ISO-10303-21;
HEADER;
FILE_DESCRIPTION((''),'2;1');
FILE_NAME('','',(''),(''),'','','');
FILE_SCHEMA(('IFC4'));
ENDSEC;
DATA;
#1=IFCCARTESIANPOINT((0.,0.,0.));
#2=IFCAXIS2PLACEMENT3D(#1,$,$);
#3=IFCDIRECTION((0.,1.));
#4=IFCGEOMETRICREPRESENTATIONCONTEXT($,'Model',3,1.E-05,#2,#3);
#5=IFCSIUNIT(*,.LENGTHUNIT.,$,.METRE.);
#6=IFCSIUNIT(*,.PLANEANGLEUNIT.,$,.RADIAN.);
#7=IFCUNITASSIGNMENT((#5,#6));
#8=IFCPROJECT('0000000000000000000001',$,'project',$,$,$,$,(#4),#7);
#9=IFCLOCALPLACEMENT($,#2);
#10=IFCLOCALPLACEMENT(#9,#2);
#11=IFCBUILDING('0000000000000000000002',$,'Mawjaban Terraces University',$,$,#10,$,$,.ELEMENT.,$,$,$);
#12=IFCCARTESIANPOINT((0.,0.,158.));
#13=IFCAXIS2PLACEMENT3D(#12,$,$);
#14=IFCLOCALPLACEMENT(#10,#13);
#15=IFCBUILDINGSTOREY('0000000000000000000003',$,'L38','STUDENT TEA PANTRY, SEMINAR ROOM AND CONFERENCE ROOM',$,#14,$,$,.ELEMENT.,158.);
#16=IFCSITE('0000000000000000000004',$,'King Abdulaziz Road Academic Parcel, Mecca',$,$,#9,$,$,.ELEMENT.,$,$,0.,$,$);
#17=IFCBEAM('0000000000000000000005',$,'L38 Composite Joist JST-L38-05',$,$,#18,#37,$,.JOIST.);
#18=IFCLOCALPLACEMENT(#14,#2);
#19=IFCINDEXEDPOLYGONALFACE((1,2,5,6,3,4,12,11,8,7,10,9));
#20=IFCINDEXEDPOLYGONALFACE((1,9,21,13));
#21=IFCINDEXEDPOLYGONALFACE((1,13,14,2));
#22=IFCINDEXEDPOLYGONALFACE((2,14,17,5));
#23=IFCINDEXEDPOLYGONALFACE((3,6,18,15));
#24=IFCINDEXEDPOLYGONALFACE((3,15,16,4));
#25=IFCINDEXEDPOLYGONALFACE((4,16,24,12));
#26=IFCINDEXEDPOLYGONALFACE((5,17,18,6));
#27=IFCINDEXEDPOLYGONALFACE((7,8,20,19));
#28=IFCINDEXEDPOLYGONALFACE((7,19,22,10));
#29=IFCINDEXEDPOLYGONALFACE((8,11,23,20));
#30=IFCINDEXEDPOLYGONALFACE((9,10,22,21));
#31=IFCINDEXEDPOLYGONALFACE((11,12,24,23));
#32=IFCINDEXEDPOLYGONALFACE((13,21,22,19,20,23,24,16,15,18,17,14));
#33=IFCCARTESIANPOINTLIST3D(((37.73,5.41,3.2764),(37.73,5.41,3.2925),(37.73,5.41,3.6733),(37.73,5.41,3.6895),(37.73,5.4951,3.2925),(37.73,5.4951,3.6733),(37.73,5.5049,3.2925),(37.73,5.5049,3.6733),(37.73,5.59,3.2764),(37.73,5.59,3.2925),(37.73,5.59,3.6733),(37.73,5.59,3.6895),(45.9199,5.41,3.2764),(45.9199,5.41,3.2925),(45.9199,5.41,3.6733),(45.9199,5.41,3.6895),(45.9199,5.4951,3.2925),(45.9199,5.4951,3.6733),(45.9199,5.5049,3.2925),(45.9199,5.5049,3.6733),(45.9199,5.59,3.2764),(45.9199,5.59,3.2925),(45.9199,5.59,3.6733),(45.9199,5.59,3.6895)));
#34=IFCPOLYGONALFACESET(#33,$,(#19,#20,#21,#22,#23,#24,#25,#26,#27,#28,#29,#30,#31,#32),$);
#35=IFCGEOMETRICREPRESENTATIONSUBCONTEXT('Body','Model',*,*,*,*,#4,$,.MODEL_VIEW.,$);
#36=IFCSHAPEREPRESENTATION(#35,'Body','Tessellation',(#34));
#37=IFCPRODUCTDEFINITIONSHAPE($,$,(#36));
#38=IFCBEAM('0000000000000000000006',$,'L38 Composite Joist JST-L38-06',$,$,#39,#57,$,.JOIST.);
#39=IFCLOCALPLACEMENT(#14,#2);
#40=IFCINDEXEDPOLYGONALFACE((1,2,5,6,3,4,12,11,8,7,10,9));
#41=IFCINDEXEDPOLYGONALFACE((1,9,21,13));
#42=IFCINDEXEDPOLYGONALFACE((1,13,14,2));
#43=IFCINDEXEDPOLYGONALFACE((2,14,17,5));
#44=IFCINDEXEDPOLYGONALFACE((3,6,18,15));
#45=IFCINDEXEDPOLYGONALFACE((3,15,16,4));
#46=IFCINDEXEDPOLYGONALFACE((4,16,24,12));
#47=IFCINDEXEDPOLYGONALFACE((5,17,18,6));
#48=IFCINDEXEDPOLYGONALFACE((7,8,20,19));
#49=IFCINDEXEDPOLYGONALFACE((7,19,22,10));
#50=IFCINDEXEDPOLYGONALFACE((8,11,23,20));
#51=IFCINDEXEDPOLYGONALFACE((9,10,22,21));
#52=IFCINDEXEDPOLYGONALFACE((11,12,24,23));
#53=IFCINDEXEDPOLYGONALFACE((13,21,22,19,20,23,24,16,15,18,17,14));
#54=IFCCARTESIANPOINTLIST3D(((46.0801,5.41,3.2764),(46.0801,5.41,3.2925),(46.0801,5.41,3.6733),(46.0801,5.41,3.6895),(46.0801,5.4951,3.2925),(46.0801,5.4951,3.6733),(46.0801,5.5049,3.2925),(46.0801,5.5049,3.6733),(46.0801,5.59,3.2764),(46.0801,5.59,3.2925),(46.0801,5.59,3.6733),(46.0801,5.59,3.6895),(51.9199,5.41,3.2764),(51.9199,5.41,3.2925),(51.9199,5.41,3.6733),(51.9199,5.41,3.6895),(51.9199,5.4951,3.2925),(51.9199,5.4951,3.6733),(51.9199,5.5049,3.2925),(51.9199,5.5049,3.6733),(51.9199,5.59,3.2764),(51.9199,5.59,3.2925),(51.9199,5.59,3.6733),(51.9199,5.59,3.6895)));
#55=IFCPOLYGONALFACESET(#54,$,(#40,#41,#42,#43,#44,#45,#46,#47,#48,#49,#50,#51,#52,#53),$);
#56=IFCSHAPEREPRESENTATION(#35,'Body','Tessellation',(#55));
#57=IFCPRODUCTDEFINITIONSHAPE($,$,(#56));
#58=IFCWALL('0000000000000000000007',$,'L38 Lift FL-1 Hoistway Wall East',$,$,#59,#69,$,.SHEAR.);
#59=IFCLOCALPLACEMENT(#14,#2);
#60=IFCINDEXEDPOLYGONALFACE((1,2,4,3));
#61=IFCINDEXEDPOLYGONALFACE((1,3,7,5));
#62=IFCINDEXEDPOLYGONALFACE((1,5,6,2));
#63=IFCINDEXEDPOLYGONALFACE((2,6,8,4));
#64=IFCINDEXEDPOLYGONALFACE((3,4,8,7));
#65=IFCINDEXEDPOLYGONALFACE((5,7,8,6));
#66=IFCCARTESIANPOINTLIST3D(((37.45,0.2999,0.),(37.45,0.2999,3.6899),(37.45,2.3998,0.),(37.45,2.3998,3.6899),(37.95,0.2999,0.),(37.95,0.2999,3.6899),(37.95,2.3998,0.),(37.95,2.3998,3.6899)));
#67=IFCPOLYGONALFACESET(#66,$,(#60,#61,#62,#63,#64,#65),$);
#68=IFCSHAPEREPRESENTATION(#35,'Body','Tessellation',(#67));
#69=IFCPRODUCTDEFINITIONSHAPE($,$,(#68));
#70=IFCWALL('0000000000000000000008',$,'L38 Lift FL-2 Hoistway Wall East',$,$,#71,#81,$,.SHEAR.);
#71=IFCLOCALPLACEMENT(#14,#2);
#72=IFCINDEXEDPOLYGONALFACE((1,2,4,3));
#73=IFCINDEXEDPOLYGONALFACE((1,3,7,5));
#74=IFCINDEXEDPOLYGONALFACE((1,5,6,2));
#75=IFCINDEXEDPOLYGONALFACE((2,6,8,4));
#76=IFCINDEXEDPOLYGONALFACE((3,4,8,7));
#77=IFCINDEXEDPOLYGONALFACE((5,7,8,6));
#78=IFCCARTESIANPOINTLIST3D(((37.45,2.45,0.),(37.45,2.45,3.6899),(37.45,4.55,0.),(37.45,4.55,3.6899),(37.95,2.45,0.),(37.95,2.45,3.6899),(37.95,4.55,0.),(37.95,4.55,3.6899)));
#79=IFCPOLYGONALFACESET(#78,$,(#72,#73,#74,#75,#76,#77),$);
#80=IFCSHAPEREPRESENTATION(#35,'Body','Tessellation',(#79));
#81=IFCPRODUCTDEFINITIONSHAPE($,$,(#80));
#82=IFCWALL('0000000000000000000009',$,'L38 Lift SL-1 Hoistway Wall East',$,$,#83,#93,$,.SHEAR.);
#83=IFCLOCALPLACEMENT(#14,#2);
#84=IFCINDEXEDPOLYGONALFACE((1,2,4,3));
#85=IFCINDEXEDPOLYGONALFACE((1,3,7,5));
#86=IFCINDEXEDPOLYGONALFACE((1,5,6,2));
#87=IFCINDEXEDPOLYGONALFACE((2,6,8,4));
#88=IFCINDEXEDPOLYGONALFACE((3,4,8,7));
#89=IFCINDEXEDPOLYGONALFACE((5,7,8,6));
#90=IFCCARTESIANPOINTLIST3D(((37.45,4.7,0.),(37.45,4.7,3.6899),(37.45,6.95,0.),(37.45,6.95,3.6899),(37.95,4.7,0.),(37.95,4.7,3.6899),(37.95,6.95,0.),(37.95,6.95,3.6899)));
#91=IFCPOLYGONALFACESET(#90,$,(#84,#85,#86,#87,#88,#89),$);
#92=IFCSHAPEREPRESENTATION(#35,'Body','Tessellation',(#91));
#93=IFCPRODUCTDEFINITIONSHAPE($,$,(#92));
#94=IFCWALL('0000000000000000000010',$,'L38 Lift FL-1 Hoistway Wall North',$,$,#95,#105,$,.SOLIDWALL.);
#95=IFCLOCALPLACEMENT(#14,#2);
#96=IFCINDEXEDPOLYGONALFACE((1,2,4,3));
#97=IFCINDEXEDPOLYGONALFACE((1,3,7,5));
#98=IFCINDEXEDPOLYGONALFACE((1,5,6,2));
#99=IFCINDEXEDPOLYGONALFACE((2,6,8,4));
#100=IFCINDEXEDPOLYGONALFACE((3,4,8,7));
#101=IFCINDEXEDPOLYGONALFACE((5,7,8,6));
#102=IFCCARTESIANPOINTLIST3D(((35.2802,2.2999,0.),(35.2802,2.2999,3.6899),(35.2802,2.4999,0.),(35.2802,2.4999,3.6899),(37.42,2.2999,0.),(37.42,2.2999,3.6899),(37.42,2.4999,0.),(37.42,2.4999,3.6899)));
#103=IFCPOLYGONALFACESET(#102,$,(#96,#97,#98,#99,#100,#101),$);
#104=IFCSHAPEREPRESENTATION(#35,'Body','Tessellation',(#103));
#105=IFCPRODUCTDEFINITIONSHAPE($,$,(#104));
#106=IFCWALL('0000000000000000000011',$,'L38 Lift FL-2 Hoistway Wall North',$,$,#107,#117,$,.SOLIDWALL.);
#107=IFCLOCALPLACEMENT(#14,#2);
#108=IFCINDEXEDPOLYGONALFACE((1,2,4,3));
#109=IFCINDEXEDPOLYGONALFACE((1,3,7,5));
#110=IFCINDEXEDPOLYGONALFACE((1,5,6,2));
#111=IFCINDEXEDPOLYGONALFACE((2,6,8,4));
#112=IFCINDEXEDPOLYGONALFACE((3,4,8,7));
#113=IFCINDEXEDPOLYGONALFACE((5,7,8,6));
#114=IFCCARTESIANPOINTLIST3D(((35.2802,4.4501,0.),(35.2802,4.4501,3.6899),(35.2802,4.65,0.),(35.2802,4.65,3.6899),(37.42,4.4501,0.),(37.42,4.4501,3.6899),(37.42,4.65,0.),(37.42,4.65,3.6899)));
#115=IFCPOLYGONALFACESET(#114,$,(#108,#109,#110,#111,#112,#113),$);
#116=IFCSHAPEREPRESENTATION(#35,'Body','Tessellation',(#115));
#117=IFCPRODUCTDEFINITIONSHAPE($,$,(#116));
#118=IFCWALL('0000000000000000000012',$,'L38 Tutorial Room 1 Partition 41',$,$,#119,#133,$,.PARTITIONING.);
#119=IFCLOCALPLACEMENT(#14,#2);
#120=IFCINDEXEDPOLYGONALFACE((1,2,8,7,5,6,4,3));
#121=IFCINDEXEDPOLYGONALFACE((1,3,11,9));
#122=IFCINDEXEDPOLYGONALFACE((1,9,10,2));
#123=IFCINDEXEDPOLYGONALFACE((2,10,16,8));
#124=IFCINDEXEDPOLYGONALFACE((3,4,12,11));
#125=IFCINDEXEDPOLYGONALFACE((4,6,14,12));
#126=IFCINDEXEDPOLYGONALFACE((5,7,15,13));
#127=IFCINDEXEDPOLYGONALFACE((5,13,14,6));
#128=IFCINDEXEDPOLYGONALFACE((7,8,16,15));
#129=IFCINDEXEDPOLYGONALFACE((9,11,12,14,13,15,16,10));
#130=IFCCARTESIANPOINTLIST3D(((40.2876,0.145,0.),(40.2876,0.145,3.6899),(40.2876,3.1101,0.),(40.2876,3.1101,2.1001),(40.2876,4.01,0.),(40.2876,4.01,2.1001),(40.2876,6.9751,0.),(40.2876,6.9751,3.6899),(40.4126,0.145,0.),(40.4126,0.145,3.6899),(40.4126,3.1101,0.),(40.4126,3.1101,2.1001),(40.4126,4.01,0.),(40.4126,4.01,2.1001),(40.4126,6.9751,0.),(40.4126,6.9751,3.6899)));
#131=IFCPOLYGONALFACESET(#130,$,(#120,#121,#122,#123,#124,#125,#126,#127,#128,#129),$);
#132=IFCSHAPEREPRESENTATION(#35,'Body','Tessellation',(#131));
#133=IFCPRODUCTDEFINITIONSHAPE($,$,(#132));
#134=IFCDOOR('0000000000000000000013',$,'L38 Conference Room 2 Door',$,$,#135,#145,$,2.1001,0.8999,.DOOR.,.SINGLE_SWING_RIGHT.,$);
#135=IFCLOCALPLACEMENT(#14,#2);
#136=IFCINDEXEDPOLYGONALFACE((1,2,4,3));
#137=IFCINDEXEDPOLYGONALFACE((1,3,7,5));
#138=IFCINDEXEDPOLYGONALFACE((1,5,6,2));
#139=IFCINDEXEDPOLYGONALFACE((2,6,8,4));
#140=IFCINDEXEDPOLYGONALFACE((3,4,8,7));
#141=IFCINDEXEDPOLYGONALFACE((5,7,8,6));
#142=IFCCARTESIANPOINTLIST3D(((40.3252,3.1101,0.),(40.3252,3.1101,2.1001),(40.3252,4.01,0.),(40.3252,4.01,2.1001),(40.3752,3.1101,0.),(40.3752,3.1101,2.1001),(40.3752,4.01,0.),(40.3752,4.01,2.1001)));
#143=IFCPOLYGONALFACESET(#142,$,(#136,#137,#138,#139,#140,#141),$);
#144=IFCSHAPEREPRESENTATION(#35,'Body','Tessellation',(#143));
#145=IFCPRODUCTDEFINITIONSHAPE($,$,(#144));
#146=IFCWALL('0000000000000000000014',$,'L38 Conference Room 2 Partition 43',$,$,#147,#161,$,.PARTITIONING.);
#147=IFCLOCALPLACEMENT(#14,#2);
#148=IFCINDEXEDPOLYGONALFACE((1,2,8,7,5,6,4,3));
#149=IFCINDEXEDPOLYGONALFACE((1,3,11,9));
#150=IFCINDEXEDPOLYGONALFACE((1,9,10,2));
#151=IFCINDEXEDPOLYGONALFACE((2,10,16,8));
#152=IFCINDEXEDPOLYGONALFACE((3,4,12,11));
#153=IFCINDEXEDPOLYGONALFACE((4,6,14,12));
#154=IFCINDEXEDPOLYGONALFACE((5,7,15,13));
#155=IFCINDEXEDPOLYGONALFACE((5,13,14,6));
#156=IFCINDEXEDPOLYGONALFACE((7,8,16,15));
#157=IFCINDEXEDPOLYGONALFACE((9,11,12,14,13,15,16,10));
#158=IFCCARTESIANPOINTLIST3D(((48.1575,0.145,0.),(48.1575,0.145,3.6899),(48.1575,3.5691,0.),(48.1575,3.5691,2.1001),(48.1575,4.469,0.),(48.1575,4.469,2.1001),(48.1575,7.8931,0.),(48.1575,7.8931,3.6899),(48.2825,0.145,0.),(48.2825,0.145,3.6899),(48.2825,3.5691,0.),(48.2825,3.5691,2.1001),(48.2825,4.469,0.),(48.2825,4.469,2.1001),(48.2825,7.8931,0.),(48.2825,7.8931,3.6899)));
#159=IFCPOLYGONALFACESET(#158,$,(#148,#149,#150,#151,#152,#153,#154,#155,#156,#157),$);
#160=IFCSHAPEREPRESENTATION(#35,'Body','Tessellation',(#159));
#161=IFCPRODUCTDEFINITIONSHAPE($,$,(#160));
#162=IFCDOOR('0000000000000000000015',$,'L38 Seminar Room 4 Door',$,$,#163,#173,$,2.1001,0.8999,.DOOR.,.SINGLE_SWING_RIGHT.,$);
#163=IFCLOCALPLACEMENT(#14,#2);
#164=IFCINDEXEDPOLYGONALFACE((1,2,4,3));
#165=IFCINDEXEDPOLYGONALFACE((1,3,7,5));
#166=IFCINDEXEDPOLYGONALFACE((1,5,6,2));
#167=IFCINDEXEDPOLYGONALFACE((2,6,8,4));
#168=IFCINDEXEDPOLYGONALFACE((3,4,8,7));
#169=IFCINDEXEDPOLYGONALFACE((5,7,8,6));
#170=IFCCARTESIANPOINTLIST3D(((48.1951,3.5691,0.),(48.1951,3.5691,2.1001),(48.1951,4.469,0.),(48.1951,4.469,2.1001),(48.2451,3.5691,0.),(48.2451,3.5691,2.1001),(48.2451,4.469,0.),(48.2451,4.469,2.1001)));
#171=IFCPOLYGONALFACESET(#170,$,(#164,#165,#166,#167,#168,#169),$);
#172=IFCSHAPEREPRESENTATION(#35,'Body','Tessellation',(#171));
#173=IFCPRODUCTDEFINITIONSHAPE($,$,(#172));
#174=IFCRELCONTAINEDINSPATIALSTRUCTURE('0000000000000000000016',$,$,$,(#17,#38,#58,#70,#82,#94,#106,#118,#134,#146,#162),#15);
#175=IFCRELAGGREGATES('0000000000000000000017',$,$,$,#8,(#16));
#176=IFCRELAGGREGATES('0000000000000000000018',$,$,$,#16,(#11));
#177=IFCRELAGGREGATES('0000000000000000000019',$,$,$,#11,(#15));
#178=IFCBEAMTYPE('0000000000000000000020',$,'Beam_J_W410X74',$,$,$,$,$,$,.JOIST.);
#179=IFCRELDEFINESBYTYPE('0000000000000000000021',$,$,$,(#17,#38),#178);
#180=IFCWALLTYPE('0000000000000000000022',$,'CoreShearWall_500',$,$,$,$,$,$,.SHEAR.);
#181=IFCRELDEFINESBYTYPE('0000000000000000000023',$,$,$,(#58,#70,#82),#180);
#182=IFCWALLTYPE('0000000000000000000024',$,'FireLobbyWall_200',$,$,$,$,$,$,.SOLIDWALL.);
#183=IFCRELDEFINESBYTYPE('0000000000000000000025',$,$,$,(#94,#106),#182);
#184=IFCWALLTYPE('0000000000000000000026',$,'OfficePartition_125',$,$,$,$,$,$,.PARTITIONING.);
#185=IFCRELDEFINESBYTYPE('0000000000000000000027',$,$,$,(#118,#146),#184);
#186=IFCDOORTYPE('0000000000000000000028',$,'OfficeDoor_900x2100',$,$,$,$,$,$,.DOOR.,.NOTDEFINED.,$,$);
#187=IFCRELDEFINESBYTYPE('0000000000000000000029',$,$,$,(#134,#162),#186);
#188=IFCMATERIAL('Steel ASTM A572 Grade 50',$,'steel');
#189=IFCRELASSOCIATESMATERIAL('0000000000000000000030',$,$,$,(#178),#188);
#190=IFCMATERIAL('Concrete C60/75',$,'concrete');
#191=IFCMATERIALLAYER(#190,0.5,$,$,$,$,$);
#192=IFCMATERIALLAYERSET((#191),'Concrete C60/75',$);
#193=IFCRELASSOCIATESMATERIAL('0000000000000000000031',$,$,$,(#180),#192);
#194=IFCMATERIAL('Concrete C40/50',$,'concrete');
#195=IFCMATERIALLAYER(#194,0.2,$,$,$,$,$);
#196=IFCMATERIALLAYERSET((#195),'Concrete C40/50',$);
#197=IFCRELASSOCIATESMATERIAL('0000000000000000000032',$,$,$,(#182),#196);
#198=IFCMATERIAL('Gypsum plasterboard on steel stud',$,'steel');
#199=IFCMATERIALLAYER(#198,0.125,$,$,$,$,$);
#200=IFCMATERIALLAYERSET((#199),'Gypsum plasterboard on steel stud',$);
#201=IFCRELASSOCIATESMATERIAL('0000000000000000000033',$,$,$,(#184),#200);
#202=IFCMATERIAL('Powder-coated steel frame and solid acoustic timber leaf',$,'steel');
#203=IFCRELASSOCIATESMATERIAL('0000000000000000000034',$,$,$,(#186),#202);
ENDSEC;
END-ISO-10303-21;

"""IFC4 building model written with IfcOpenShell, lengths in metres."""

from ifc_helpers import new_model, si_unit, direction, frame, frame_2d, origin, origin_2d, place, context, subcontext, project, spatial, rectangle, i_section, extrude, material, layer, layer_set, material_profile, profile_set, type_object, element, fill, save


model = new_model("IFC4")

# Units and contexts
model_context = context("Model", 3, precision=1e-05, world=origin(), true_north=direction((0.0, 1.0)))
body_context = subcontext(model_context, "Body", "Model", "MODEL_VIEW")
ifc_project = project(units=[si_unit("LENGTHUNIT", "METRE"), si_unit("PLANEANGLEUNIT", "RADIAN")], contexts=[model_context])

# Site, building, storey
site_placement = place(None, origin())
site = spatial("IfcSite", under=ifc_project, at=site_placement, Name="King Abdulaziz Road Academic Parcel, Mecca", CompositionType="ELEMENT", RefElevation=0.0)
building_placement = place(site_placement, origin())
building = spatial("IfcBuilding", under=site, at=building_placement, Name="Mawjaban Terraces University", CompositionType="ELEMENT")
storey_placement = place(building_placement, frame((0.0, 0.0, 158.0)))
storey = spatial("IfcBuildingStorey", under=building, at=storey_placement, Name="L38", Description="STUDENT TEA PANTRY, SEMINAR ROOM AND CONFERENCE ROOM", CompositionType="ELEMENT", Elevation=158.0)

# Shared definitions
ifc_material_1 = material(Name="Concrete C60/75", Category="concrete")

# Beams
ifc_material_2 = material(Name="Steel ASTM A572 Grade 50", Category="steel")
ifc_material_profile_1 = material_profile(ifc_material_2, i_section(OverallWidth=0.1799, OverallDepth=0.4131, WebThickness=0.0098, FlangeThickness=0.0161, at=origin_2d()), Name="W410X74")
ifc_profile_set_1 = profile_set([ifc_material_profile_1], Name="Steel ASTM A572 Grade 50")
beam_type_1 = type_object("IfcBeamType", Name="Beam_J_W410X74", PredefinedType="JOIST", material=ifc_profile_set_1)
beam_1_placement = place(storey_placement, frame((37.73, 5.5, 3.4829), z_axis=(1.0, 0.0, 0.0), x_axis=(0.0, 1.0, 0.0)))
element("IfcBeam", 1, at=beam_1_placement, inside=storey, type_object=beam_type_1, Name="L38 Composite Joist JST-L38-05", PredefinedType="JOIST", context=body_context, shape_type="SweptSolid", body=[
    extrude(i_section(OverallWidth=0.1799, OverallDepth=0.4131, WebThickness=0.0098, FlangeThickness=0.0161, at=origin_2d()), origin(), (0.0, 0.0, 1.0), 8.1899),
])
beam_2_placement = place(storey_placement, frame((46.0801, 5.5, 3.4829), z_axis=(1.0, 0.0, 0.0), x_axis=(0.0, 1.0, 0.0)))
element("IfcBeam", 2, at=beam_2_placement, inside=storey, type_object=beam_type_1, Name="L38 Composite Joist JST-L38-06", PredefinedType="JOIST", context=body_context, shape_type="SweptSolid", body=[
    extrude(i_section(OverallWidth=0.1799, OverallDepth=0.4131, WebThickness=0.0098, FlangeThickness=0.0161, at=origin_2d()), origin(), (0.0, 0.0, 1.0), 5.8398),
])

# Walls
ifc_layer_1 = layer(ifc_material_1, 0.5)
ifc_layer_set_1 = layer_set([ifc_layer_1], Name="Concrete C60/75")
wall_type_1 = type_object("IfcWallType", Name="CoreShearWall_500", PredefinedType="SHEAR", material=ifc_layer_set_1)
wall_1_placement = place(storey_placement, frame((37.7, 0.3, 0.0), z_axis=(0.0, 0.0, 1.0), x_axis=(0.0, 1.0, 0.0)))
element("IfcWall", 3, at=wall_1_placement, inside=storey, type_object=wall_type_1, Name="L38 Lift FL-1 Hoistway Wall East", PredefinedType="SHEAR", context=body_context, shape_type="SweptSolid", body=[
    extrude(rectangle(XDim=2.0999, YDim=0.5, at=frame_2d((1.0498, 0.0))), origin(), (0.0, 0.0, 1.0), 3.6899),
])
wall_2_placement = place(storey_placement, frame((37.7, 2.45, 0.0), z_axis=(0.0, 0.0, 1.0), x_axis=(0.0, 1.0, 0.0)))
element("IfcWall", 4, at=wall_2_placement, inside=storey, type_object=wall_type_1, Name="L38 Lift FL-2 Hoistway Wall East", PredefinedType="SHEAR", context=body_context, shape_type="SweptSolid", body=[
    extrude(rectangle(XDim=2.1001, YDim=0.5, at=frame_2d((1.05, 0.0))), origin(), (0.0, 0.0, 1.0), 3.6899),
])
wall_3_placement = place(storey_placement, frame((37.7, 4.7, 0.0), z_axis=(0.0, 0.0, 1.0), x_axis=(0.0, 1.0, 0.0)))
element("IfcWall", 5, at=wall_3_placement, inside=storey, type_object=wall_type_1, Name="L38 Lift SL-1 Hoistway Wall East", PredefinedType="SHEAR", context=body_context, shape_type="SweptSolid", body=[
    extrude(rectangle(XDim=2.25, YDim=0.5, at=frame_2d((1.125, 0.0))), origin(), (0.0, 0.0, 1.0), 3.6899),
])
ifc_material_3 = material(Name="Concrete C40/50", Category="concrete")
ifc_layer_2 = layer(ifc_material_3, 0.2)
ifc_layer_set_2 = layer_set([ifc_layer_2], Name="Concrete C40/50")
wall_type_2 = type_object("IfcWallType", Name="FireLobbyWall_200", PredefinedType="SOLIDWALL", material=ifc_layer_set_2)
for number, where, z_axis, x_axis, name in (
    (6, (37.4199, 2.3999, 0.0), (0.0, 0.0, 1.0), (-1.0, 0.0, 0.0), "L38 Lift FL-1 Hoistway Wall North"),
    (7, (37.4199, 4.55, 0.0), (0.0, 0.0, 1.0), (-1.0, 0.0, 0.0), "L38 Lift FL-2 Hoistway Wall North"),
):
    element("IfcWall", number, at=place(storey_placement, frame(where, z_axis=z_axis, x_axis=x_axis)), inside=storey, type_object=wall_type_2, Name=name, PredefinedType="SOLIDWALL", context=body_context, shape_type="SweptSolid", body=[
        extrude(rectangle(XDim=2.1399, YDim=0.2, at=frame_2d((1.0698, 0.0))), origin(), (0.0, 0.0, 1.0), 3.6899),
    ])

# Walls, openings, doors
ifc_material_4 = material(Name="Gypsum plasterboard on steel stud", Category="steel")
ifc_layer_3 = layer(ifc_material_4, 0.125)
ifc_layer_set_3 = layer_set([ifc_layer_3], Name="Gypsum plasterboard on steel stud")
wall_type_3 = type_object("IfcWallType", Name="OfficePartition_125", PredefinedType="PARTITIONING", material=ifc_layer_set_3)
wall_4_placement = place(storey_placement, frame((40.3501, 0.145, 0.0), z_axis=(0.0, 0.0, 1.0), x_axis=(0.0, 1.0, 0.0)))
wall_4 = element("IfcWall", 8, at=wall_4_placement, inside=storey, type_object=wall_type_3, Name="L38 Tutorial Room 1 Partition 41", PredefinedType="PARTITIONING", context=body_context, shape_type="SweptSolid", body=[
    extrude(rectangle(XDim=6.8301, YDim=0.125, at=frame_2d((3.415, 0.0))), origin(), (0.0, 0.0, 1.0), 3.6899),
])
opening_1_placement = place(wall_4_placement, frame((2.9651, 0.0, 0.0)))
opening_1 = element("IfcOpeningElement", 9, at=opening_1_placement, cuts=wall_4, PredefinedType="OPENING", context=body_context, shape_type="SweptSolid", body=[
    extrude(rectangle(XDim=0.8999, YDim=2.1001, at=frame_2d((0.45, 1.05))), frame((0.0, 0.0725, 0.0), z_axis=(0.0, -1.0, 0.0), x_axis=(1.0, 0.0, 0.0)), (0.0, 0.0, 1.0), 0.145),
])
ifc_material_5 = material(Name="Powder-coated steel frame and solid acoustic timber leaf", Category="steel")
door_type = type_object("IfcDoorType", Name="OfficeDoor_900x2100", OperationType="NOTDEFINED", PredefinedType="DOOR", material=ifc_material_5)
door_1_placement = place(opening_1_placement, origin())
door_1 = element("IfcDoor", 10, at=door_1_placement, inside=storey, type_object=door_type, Name="L38 Conference Room 2 Door", OperationType="SINGLE_SWING_RIGHT", OverallHeight=2.1001, OverallWidth=0.8999, PredefinedType="DOOR", context=body_context, shape_type="SweptSolid", body=[
    extrude(rectangle(XDim=0.8999, YDim=2.1001, at=frame_2d((0.45, 1.05))), frame((0.0, 0.0249, 0.0), z_axis=(0.0, -1.0, 0.0), x_axis=(1.0, 0.0, 0.0)), (0.0, 0.0, 1.0), 0.05),
])
fill(opening_1, door_1)
wall_5_placement = place(storey_placement, frame((48.22, 0.145, 0.0), z_axis=(0.0, 0.0, 1.0), x_axis=(0.0, 1.0, 0.0)))
wall_5 = element("IfcWall", 11, at=wall_5_placement, inside=storey, type_object=wall_type_3, Name="L38 Conference Room 2 Partition 43", PredefinedType="PARTITIONING", context=body_context, shape_type="SweptSolid", body=[
    extrude(rectangle(XDim=7.748, YDim=0.125, at=frame_2d((3.874, 0.0))), origin(), (0.0, 0.0, 1.0), 3.6899),
])
opening_2_placement = place(wall_5_placement, frame((3.4241, 0.0, 0.0)))
opening_2 = element("IfcOpeningElement", 12, at=opening_2_placement, cuts=wall_5, PredefinedType="OPENING", context=body_context, shape_type="SweptSolid", body=[
    extrude(rectangle(XDim=0.8999, YDim=2.1001, at=frame_2d((0.45, 1.05))), frame((0.0, 0.0725, 0.0), z_axis=(0.0, -1.0, 0.0), x_axis=(1.0, 0.0, 0.0)), (0.0, 0.0, 1.0), 0.145),
])
door_2_placement = place(opening_2_placement, origin())
door_2 = element("IfcDoor", 13, at=door_2_placement, inside=storey, type_object=door_type, Name="L38 Seminar Room 4 Door", OperationType="SINGLE_SWING_RIGHT", OverallHeight=2.1001, OverallWidth=0.8999, PredefinedType="DOOR", context=body_context, shape_type="SweptSolid", body=[
    extrude(rectangle(XDim=0.8999, YDim=2.1001, at=frame_2d((0.45, 1.05))), frame((0.0, 0.0249, 0.0), z_axis=(0.0, -1.0, 0.0), x_axis=(1.0, 0.0, 0.0)), (0.0, 0.0, 1.0), 0.05),
])
fill(opening_2, door_2)

save(model, "model.ifc")
